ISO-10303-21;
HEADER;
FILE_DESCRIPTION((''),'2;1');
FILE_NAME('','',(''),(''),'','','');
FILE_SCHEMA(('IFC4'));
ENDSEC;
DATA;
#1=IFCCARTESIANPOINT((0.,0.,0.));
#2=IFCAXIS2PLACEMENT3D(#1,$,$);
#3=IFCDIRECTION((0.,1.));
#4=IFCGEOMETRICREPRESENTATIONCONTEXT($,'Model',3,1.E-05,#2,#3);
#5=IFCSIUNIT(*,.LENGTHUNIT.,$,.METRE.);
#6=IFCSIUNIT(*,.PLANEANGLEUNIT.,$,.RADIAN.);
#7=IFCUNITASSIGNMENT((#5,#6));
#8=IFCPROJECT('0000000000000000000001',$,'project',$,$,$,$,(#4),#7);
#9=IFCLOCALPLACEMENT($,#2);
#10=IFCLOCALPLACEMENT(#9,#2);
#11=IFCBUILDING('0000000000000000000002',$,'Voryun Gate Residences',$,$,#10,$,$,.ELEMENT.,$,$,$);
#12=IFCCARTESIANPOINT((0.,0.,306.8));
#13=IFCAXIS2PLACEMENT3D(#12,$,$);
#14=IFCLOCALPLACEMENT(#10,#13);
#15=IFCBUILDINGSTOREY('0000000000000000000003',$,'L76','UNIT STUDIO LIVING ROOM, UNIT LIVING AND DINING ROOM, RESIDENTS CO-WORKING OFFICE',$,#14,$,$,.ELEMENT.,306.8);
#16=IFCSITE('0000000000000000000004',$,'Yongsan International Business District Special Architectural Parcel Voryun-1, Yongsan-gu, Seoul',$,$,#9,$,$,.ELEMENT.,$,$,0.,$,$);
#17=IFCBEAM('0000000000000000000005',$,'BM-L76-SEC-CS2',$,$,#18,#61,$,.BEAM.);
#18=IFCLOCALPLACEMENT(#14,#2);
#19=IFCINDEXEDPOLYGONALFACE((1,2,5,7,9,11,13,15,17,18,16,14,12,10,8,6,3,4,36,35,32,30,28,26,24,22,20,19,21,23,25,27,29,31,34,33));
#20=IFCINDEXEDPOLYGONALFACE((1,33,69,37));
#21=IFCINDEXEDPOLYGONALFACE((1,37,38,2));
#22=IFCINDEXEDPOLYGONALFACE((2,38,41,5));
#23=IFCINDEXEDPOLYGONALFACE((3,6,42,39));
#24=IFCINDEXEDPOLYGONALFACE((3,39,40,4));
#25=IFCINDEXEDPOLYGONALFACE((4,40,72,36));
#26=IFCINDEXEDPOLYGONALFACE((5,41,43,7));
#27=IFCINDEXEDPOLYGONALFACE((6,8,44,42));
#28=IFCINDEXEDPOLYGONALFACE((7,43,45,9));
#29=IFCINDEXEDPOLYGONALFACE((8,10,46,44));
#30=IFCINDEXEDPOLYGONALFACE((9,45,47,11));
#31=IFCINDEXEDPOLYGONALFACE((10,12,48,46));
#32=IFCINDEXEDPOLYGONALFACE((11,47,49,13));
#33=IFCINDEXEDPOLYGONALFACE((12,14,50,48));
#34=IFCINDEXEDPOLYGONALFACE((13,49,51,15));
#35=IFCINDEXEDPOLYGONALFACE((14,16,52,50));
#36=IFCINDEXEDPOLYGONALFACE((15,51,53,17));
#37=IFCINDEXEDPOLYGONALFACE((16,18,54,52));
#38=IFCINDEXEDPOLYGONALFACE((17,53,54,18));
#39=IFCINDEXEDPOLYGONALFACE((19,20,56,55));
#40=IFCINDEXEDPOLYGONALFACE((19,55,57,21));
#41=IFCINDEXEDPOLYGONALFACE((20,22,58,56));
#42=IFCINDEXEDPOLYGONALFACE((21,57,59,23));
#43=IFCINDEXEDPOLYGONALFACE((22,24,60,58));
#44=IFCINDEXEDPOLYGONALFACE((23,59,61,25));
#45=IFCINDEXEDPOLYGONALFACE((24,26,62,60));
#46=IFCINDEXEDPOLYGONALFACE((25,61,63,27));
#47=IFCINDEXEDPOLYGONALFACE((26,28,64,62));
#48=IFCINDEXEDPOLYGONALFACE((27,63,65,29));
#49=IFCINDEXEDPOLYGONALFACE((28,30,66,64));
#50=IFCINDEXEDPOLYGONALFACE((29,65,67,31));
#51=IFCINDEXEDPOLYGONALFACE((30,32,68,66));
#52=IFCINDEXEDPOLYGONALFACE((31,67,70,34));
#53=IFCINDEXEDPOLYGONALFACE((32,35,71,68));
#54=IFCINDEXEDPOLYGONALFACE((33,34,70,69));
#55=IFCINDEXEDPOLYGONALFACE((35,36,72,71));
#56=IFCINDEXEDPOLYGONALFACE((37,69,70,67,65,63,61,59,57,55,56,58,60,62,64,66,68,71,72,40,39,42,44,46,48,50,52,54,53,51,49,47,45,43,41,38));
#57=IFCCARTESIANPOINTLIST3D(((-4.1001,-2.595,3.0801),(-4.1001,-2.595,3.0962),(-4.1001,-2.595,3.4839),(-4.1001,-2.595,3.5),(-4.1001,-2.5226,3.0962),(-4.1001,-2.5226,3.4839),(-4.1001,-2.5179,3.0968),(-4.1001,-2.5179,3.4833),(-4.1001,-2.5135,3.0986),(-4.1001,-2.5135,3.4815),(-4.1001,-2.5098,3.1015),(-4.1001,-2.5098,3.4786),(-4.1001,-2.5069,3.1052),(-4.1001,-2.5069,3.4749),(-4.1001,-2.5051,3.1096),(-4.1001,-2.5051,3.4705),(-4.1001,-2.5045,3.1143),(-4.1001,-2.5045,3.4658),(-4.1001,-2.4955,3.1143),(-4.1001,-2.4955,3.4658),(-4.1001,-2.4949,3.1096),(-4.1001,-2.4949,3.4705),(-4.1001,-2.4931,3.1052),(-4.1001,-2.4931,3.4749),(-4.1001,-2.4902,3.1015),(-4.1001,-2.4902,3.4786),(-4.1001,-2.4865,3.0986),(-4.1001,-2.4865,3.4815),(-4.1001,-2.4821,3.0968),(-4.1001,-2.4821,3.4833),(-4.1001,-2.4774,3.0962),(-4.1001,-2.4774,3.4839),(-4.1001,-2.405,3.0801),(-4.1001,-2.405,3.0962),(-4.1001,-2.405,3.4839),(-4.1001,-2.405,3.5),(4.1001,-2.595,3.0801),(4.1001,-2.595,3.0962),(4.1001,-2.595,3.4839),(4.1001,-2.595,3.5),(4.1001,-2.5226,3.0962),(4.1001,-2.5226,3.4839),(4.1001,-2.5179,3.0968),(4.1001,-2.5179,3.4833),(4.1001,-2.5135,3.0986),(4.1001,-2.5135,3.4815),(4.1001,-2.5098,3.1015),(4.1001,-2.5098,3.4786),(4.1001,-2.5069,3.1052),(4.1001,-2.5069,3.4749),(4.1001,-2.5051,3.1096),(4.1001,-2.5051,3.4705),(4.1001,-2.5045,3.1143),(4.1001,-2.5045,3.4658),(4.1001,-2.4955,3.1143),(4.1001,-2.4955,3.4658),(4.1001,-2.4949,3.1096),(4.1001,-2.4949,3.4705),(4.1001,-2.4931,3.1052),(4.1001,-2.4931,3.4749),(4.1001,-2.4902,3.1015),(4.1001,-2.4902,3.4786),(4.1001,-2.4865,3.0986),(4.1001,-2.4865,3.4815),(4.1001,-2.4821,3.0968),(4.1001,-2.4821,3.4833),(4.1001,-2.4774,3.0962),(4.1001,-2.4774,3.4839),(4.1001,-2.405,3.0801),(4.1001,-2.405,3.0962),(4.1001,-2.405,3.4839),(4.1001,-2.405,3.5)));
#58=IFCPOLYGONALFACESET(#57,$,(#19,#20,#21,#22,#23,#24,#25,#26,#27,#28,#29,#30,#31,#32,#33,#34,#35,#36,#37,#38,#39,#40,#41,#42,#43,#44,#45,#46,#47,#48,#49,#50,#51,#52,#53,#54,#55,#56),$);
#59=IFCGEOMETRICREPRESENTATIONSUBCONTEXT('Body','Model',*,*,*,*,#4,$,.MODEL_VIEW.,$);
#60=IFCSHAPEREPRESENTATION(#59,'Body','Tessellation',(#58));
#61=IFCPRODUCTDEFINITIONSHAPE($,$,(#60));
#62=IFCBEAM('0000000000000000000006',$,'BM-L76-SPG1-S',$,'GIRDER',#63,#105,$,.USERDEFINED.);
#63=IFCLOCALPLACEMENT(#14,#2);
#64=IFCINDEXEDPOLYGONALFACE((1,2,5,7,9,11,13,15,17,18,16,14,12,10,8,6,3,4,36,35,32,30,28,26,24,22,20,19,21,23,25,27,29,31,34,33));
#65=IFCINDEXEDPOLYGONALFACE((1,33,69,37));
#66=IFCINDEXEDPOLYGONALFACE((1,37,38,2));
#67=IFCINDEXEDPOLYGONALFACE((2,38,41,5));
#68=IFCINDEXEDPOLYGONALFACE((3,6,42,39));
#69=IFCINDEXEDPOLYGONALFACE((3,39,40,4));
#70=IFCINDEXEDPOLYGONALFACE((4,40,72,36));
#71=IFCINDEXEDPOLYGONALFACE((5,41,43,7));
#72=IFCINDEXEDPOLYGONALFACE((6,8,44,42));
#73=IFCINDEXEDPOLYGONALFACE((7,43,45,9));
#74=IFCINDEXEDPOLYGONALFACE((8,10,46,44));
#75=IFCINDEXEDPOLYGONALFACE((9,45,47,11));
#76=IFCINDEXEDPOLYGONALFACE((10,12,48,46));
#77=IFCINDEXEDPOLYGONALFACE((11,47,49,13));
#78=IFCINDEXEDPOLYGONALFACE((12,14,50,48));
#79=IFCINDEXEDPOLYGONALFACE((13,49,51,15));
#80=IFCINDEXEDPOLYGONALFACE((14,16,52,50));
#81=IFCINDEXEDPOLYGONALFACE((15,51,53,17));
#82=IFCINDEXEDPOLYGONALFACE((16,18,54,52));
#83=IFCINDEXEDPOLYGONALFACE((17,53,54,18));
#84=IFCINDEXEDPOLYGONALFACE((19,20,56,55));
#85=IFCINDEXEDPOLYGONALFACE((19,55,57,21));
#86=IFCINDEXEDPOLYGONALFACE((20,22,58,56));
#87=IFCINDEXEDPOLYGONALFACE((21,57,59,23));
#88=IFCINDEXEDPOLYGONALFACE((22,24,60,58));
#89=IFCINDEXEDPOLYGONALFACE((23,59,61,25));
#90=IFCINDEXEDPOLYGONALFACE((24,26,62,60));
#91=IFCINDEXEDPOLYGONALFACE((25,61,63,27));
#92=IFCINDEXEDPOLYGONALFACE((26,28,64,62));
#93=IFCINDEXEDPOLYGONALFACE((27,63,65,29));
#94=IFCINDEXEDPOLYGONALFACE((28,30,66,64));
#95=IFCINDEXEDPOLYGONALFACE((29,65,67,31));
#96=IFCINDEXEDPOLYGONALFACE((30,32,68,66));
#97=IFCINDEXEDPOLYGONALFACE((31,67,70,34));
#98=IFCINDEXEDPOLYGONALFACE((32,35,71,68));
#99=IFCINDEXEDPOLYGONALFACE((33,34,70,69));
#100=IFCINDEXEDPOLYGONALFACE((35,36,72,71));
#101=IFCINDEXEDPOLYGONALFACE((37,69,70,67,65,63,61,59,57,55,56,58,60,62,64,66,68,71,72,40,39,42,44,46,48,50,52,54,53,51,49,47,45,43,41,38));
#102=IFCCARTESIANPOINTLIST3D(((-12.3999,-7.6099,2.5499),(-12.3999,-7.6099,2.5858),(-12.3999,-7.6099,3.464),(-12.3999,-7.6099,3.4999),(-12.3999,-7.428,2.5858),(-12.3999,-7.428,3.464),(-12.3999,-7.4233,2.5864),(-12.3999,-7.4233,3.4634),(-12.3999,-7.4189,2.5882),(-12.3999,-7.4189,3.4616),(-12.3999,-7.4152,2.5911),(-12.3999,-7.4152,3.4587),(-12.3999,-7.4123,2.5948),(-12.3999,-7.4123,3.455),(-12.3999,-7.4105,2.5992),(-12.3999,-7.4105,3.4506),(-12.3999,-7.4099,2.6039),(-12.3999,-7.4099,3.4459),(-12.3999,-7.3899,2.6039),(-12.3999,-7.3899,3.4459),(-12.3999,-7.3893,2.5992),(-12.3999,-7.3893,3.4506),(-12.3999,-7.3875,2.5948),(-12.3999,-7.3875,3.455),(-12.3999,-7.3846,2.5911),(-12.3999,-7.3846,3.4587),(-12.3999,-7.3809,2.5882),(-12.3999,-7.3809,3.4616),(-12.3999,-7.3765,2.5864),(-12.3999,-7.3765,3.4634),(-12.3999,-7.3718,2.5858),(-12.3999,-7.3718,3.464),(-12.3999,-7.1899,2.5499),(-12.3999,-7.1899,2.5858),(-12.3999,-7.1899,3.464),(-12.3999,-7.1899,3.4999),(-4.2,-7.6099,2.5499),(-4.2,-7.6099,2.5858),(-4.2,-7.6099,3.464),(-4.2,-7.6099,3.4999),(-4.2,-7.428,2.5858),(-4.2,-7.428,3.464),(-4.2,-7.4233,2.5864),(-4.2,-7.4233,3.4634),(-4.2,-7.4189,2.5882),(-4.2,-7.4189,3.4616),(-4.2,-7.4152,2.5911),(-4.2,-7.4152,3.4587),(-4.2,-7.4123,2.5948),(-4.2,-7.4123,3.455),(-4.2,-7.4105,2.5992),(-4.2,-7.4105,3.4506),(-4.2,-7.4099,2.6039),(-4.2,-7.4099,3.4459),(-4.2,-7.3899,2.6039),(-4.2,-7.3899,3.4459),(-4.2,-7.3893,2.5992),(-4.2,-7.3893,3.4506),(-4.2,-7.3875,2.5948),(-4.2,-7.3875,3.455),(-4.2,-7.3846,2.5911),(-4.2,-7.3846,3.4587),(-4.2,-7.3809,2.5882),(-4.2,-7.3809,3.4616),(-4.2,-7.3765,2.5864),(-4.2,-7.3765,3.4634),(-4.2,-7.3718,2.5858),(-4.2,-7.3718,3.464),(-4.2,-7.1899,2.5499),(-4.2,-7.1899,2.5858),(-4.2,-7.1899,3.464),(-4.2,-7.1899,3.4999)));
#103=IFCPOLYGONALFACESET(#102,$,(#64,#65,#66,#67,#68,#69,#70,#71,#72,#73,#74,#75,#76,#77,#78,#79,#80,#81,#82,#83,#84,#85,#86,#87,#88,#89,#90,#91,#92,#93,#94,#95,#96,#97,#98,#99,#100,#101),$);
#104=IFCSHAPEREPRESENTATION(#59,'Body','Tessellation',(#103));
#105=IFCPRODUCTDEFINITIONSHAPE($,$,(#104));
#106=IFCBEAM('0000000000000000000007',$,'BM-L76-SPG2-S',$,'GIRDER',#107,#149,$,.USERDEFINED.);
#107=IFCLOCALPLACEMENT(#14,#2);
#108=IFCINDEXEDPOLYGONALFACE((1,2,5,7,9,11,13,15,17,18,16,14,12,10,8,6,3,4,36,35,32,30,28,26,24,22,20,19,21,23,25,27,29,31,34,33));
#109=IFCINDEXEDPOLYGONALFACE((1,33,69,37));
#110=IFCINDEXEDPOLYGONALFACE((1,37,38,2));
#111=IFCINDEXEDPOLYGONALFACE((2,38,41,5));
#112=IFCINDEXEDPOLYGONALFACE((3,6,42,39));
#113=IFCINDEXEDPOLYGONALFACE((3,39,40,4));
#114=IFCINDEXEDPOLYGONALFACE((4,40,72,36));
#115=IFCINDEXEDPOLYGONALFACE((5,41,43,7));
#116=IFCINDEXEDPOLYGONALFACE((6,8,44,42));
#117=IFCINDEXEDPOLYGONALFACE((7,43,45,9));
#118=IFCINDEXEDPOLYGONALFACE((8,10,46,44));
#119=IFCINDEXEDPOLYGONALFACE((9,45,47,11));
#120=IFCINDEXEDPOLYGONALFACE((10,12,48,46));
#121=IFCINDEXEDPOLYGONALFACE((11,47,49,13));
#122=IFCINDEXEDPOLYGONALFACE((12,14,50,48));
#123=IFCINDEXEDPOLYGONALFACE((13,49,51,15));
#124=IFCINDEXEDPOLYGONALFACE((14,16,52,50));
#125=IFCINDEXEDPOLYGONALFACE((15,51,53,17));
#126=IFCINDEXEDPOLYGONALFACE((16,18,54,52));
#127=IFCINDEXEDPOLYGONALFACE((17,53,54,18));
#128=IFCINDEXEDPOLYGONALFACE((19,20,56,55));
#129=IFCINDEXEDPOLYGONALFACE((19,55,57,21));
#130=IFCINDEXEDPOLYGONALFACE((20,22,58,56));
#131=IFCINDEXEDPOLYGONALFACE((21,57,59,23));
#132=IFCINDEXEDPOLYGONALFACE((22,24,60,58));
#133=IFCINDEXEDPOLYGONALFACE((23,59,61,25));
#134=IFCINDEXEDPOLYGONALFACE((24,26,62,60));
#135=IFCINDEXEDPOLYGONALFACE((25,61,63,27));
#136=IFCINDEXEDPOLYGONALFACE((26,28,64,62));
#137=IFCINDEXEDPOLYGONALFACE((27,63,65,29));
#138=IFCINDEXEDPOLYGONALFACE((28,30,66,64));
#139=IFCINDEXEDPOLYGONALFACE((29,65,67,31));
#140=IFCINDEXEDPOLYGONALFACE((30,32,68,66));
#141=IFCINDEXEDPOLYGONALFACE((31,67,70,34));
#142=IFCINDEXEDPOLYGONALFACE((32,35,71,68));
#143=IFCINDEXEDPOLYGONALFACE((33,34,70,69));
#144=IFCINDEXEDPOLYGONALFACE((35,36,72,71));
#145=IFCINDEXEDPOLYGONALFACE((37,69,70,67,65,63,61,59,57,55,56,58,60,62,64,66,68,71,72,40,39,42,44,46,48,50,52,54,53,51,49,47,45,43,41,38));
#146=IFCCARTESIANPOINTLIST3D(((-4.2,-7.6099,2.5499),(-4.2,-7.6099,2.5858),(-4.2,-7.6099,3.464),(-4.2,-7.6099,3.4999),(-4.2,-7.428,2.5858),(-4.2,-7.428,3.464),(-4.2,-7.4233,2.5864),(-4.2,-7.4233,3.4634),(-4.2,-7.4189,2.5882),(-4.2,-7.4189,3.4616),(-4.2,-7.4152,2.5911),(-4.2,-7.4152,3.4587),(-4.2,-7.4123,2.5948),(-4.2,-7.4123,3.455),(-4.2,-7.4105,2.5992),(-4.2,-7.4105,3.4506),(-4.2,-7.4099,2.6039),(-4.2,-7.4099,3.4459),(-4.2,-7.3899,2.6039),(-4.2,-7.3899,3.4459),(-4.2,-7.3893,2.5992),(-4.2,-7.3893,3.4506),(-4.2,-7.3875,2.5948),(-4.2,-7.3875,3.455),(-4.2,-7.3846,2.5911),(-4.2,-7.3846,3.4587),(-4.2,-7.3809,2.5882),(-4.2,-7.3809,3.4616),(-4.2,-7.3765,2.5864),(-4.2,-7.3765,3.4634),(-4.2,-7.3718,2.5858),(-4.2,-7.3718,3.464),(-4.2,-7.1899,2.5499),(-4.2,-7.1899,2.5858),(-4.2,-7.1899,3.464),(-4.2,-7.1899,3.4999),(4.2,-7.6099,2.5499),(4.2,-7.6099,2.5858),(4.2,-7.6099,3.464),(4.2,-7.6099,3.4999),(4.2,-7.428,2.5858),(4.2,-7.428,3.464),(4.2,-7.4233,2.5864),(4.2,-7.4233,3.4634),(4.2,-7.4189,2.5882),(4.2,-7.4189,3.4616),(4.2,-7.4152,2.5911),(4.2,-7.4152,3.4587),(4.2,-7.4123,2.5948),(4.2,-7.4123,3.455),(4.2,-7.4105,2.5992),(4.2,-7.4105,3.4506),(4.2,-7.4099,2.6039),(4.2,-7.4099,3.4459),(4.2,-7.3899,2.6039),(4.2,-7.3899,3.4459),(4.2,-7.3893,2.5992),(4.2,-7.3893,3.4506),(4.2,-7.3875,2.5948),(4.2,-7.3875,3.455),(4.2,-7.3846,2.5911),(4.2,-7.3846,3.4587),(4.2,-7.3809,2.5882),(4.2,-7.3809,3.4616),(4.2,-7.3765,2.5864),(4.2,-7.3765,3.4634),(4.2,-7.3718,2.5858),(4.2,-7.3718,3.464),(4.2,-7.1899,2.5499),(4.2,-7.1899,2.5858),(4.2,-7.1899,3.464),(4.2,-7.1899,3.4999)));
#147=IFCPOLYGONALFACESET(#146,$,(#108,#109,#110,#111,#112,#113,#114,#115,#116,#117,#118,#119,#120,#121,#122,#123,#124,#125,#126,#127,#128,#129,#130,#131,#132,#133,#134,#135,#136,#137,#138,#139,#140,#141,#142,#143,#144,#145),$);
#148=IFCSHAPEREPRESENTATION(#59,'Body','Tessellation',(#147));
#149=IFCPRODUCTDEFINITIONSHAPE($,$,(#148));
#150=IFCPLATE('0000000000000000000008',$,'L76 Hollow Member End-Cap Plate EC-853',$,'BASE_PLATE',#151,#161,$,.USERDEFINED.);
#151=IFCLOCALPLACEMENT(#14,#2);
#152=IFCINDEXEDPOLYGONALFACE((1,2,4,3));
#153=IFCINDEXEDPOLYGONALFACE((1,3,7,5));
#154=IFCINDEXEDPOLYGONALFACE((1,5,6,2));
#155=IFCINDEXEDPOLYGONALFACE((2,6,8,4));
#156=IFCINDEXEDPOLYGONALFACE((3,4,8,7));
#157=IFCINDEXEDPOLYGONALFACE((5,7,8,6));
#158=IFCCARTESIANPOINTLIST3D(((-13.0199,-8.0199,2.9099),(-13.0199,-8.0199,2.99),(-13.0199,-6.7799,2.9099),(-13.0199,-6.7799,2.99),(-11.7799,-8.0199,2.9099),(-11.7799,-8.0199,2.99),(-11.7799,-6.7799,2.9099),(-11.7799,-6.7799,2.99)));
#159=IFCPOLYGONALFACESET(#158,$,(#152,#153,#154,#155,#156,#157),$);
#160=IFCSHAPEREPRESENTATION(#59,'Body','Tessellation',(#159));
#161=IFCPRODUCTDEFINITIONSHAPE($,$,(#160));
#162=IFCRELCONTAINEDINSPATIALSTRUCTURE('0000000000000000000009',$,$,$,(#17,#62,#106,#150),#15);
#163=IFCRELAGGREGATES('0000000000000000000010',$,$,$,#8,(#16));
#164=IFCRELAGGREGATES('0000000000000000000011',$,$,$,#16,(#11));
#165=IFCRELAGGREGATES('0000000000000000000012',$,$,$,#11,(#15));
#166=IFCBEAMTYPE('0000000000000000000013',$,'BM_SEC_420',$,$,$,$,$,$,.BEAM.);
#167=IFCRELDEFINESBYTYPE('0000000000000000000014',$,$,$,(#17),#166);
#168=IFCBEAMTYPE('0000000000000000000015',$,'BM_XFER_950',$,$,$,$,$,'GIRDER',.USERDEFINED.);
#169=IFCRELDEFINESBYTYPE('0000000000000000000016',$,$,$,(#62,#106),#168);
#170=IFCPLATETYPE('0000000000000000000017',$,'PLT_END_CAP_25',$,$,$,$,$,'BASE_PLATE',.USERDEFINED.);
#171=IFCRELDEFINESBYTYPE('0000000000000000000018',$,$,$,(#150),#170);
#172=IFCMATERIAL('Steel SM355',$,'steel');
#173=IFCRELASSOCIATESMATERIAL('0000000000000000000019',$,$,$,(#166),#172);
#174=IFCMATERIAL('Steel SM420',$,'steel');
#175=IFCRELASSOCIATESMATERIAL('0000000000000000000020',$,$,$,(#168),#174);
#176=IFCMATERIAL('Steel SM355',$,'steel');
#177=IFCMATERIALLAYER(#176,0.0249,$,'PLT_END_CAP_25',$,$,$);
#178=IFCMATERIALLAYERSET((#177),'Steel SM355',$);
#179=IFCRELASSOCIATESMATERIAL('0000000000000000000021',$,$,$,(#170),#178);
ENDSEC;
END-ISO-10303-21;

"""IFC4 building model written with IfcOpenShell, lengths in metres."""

from ifc_helpers import new_model, si_unit, direction, frame, origin, origin_2d, place, context, subcontext, project, spatial, rectangle, i_section, extrude, material, layer, layer_set, material_profile, profile_set, type_object, element, save


model = new_model("IFC4")

# Units and contexts
model_context = context("Model", 3, precision=1e-05, world=origin(), true_north=direction((0.0, 1.0)))
body_context = subcontext(model_context, "Body", "Model", "MODEL_VIEW")
ifc_project = project(units=[si_unit("LENGTHUNIT", "METRE"), si_unit("PLANEANGLEUNIT", "RADIAN")], contexts=[model_context])

# Site, building, storey
site_placement = place(None, origin())
site = spatial("IfcSite", under=ifc_project, at=site_placement, Name="Yongsan International Business District Special Architectural Parcel Voryun-1, Yongsan-gu, Seoul", CompositionType="ELEMENT", RefElevation=0.0)
building_placement = place(site_placement, origin())
building = spatial("IfcBuilding", under=site, at=building_placement, Name="Voryun Gate Residences", CompositionType="ELEMENT")
storey_placement = place(building_placement, frame((0.0, 0.0, 306.8)))
storey = spatial("IfcBuildingStorey", under=building, at=storey_placement, Name="L76", Description="UNIT STUDIO LIVING ROOM, UNIT LIVING AND DINING ROOM, RESIDENTS CO-WORKING OFFICE", CompositionType="ELEMENT", Elevation=306.8)

# Beams
ifc_material_1 = material(Name="Steel SM355", Category="steel")
ifc_material_profile_1 = material_profile(ifc_material_1, i_section(OverallWidth=0.1899, OverallDepth=0.4199, WebThickness=0.009, FlangeThickness=0.0161, FilletRadius=0.0181, at=origin_2d()), Name="H-420x190x9x16")
ifc_profile_set_1 = profile_set([ifc_material_profile_1], Name="Steel SM355")
beam_type_1 = type_object("IfcBeamType", Name="BM_SEC_420", PredefinedType="BEAM", material=ifc_profile_set_1)
beam_1_placement = place(storey_placement, frame((-4.1001, -2.5, 3.29), z_axis=(1.0, 0.0, 0.0), x_axis=(0.0, 1.0, 0.0)))
element("IfcBeam", 1, at=beam_1_placement, inside=storey, type_object=beam_type_1, Name="BM-L76-SEC-CS2", PredefinedType="BEAM", context=body_context, shape_type="SweptSolid", body=[
    extrude(i_section(OverallWidth=0.1899, OverallDepth=0.4199, WebThickness=0.009, FlangeThickness=0.0161, FilletRadius=0.0181, at=origin_2d()), origin(), (0.0, 0.0, 1.0), 8.2002),
])
ifc_material_2 = material(Name="Steel SM420", Category="steel")
ifc_material_profile_2 = material_profile(ifc_material_2, i_section(OverallWidth=0.4199, OverallDepth=0.95, WebThickness=0.02, FlangeThickness=0.0359, FilletRadius=0.0181, at=origin_2d()), Name="H-950x420x20x36")
ifc_profile_set_2 = profile_set([ifc_material_profile_2], Name="Steel SM420")
beam_type_2 = type_object("IfcBeamType", Name="BM_XFER_950", ElementType="GIRDER", PredefinedType="USERDEFINED", material=ifc_profile_set_2)
beam_2_placement = place(storey_placement, frame((-12.3999, -7.3999, 3.0249), z_axis=(1.0, 0.0, 0.0), x_axis=(0.0, 1.0, 0.0)))
element("IfcBeam", 2, at=beam_2_placement, inside=storey, type_object=beam_type_2, Name="BM-L76-SPG1-S", ObjectType="GIRDER", PredefinedType="USERDEFINED", context=body_context, shape_type="SweptSolid", body=[
    extrude(i_section(OverallWidth=0.4199, OverallDepth=0.95, WebThickness=0.02, FlangeThickness=0.0359, FilletRadius=0.0181, at=origin_2d()), origin(), (0.0, 0.0, 1.0), 8.2),
])
beam_3_placement = place(storey_placement, frame((-4.2, -7.3999, 3.0249), z_axis=(1.0, 0.0, 0.0), x_axis=(0.0, 1.0, 0.0)))
element("IfcBeam", 3, at=beam_3_placement, inside=storey, type_object=beam_type_2, Name="BM-L76-SPG2-S", ObjectType="GIRDER", PredefinedType="USERDEFINED", context=body_context, shape_type="SweptSolid", body=[
    extrude(i_section(OverallWidth=0.4199, OverallDepth=0.95, WebThickness=0.02, FlangeThickness=0.0359, FilletRadius=0.0181, at=origin_2d()), origin(), (0.0, 0.0, 1.0), 8.3999),
])

# Plate
ifc_material_3 = material(Name="Steel SM355", Category="steel")
ifc_layer_1 = layer(ifc_material_3, 0.0249, Name="PLT_END_CAP_25")
ifc_layer_set_1 = layer_set([ifc_layer_1], Name="Steel SM355")
plate_type = type_object("IfcPlateType", Name="PLT_END_CAP_25", ElementType="BASE_PLATE", PredefinedType="USERDEFINED", material=ifc_layer_set_1)
plate_placement = place(storey_placement, frame((-12.3999, -7.3999, 2.9099), z_axis=(0.0, 0.0, 1.0), x_axis=(1.0, 0.0, 0.0)))
element("IfcPlate", 4, at=plate_placement, inside=storey, type_object=plate_type, Name="L76 Hollow Member End-Cap Plate EC-853", ObjectType="BASE_PLATE", PredefinedType="USERDEFINED", context=body_context, shape_type="SweptSolid", body=[
    extrude(rectangle(XDim=1.24, YDim=1.24, at=origin_2d()), origin(), (0.0, 0.0, 1.0), 0.0801),
])

save(model, "model.ifc")
